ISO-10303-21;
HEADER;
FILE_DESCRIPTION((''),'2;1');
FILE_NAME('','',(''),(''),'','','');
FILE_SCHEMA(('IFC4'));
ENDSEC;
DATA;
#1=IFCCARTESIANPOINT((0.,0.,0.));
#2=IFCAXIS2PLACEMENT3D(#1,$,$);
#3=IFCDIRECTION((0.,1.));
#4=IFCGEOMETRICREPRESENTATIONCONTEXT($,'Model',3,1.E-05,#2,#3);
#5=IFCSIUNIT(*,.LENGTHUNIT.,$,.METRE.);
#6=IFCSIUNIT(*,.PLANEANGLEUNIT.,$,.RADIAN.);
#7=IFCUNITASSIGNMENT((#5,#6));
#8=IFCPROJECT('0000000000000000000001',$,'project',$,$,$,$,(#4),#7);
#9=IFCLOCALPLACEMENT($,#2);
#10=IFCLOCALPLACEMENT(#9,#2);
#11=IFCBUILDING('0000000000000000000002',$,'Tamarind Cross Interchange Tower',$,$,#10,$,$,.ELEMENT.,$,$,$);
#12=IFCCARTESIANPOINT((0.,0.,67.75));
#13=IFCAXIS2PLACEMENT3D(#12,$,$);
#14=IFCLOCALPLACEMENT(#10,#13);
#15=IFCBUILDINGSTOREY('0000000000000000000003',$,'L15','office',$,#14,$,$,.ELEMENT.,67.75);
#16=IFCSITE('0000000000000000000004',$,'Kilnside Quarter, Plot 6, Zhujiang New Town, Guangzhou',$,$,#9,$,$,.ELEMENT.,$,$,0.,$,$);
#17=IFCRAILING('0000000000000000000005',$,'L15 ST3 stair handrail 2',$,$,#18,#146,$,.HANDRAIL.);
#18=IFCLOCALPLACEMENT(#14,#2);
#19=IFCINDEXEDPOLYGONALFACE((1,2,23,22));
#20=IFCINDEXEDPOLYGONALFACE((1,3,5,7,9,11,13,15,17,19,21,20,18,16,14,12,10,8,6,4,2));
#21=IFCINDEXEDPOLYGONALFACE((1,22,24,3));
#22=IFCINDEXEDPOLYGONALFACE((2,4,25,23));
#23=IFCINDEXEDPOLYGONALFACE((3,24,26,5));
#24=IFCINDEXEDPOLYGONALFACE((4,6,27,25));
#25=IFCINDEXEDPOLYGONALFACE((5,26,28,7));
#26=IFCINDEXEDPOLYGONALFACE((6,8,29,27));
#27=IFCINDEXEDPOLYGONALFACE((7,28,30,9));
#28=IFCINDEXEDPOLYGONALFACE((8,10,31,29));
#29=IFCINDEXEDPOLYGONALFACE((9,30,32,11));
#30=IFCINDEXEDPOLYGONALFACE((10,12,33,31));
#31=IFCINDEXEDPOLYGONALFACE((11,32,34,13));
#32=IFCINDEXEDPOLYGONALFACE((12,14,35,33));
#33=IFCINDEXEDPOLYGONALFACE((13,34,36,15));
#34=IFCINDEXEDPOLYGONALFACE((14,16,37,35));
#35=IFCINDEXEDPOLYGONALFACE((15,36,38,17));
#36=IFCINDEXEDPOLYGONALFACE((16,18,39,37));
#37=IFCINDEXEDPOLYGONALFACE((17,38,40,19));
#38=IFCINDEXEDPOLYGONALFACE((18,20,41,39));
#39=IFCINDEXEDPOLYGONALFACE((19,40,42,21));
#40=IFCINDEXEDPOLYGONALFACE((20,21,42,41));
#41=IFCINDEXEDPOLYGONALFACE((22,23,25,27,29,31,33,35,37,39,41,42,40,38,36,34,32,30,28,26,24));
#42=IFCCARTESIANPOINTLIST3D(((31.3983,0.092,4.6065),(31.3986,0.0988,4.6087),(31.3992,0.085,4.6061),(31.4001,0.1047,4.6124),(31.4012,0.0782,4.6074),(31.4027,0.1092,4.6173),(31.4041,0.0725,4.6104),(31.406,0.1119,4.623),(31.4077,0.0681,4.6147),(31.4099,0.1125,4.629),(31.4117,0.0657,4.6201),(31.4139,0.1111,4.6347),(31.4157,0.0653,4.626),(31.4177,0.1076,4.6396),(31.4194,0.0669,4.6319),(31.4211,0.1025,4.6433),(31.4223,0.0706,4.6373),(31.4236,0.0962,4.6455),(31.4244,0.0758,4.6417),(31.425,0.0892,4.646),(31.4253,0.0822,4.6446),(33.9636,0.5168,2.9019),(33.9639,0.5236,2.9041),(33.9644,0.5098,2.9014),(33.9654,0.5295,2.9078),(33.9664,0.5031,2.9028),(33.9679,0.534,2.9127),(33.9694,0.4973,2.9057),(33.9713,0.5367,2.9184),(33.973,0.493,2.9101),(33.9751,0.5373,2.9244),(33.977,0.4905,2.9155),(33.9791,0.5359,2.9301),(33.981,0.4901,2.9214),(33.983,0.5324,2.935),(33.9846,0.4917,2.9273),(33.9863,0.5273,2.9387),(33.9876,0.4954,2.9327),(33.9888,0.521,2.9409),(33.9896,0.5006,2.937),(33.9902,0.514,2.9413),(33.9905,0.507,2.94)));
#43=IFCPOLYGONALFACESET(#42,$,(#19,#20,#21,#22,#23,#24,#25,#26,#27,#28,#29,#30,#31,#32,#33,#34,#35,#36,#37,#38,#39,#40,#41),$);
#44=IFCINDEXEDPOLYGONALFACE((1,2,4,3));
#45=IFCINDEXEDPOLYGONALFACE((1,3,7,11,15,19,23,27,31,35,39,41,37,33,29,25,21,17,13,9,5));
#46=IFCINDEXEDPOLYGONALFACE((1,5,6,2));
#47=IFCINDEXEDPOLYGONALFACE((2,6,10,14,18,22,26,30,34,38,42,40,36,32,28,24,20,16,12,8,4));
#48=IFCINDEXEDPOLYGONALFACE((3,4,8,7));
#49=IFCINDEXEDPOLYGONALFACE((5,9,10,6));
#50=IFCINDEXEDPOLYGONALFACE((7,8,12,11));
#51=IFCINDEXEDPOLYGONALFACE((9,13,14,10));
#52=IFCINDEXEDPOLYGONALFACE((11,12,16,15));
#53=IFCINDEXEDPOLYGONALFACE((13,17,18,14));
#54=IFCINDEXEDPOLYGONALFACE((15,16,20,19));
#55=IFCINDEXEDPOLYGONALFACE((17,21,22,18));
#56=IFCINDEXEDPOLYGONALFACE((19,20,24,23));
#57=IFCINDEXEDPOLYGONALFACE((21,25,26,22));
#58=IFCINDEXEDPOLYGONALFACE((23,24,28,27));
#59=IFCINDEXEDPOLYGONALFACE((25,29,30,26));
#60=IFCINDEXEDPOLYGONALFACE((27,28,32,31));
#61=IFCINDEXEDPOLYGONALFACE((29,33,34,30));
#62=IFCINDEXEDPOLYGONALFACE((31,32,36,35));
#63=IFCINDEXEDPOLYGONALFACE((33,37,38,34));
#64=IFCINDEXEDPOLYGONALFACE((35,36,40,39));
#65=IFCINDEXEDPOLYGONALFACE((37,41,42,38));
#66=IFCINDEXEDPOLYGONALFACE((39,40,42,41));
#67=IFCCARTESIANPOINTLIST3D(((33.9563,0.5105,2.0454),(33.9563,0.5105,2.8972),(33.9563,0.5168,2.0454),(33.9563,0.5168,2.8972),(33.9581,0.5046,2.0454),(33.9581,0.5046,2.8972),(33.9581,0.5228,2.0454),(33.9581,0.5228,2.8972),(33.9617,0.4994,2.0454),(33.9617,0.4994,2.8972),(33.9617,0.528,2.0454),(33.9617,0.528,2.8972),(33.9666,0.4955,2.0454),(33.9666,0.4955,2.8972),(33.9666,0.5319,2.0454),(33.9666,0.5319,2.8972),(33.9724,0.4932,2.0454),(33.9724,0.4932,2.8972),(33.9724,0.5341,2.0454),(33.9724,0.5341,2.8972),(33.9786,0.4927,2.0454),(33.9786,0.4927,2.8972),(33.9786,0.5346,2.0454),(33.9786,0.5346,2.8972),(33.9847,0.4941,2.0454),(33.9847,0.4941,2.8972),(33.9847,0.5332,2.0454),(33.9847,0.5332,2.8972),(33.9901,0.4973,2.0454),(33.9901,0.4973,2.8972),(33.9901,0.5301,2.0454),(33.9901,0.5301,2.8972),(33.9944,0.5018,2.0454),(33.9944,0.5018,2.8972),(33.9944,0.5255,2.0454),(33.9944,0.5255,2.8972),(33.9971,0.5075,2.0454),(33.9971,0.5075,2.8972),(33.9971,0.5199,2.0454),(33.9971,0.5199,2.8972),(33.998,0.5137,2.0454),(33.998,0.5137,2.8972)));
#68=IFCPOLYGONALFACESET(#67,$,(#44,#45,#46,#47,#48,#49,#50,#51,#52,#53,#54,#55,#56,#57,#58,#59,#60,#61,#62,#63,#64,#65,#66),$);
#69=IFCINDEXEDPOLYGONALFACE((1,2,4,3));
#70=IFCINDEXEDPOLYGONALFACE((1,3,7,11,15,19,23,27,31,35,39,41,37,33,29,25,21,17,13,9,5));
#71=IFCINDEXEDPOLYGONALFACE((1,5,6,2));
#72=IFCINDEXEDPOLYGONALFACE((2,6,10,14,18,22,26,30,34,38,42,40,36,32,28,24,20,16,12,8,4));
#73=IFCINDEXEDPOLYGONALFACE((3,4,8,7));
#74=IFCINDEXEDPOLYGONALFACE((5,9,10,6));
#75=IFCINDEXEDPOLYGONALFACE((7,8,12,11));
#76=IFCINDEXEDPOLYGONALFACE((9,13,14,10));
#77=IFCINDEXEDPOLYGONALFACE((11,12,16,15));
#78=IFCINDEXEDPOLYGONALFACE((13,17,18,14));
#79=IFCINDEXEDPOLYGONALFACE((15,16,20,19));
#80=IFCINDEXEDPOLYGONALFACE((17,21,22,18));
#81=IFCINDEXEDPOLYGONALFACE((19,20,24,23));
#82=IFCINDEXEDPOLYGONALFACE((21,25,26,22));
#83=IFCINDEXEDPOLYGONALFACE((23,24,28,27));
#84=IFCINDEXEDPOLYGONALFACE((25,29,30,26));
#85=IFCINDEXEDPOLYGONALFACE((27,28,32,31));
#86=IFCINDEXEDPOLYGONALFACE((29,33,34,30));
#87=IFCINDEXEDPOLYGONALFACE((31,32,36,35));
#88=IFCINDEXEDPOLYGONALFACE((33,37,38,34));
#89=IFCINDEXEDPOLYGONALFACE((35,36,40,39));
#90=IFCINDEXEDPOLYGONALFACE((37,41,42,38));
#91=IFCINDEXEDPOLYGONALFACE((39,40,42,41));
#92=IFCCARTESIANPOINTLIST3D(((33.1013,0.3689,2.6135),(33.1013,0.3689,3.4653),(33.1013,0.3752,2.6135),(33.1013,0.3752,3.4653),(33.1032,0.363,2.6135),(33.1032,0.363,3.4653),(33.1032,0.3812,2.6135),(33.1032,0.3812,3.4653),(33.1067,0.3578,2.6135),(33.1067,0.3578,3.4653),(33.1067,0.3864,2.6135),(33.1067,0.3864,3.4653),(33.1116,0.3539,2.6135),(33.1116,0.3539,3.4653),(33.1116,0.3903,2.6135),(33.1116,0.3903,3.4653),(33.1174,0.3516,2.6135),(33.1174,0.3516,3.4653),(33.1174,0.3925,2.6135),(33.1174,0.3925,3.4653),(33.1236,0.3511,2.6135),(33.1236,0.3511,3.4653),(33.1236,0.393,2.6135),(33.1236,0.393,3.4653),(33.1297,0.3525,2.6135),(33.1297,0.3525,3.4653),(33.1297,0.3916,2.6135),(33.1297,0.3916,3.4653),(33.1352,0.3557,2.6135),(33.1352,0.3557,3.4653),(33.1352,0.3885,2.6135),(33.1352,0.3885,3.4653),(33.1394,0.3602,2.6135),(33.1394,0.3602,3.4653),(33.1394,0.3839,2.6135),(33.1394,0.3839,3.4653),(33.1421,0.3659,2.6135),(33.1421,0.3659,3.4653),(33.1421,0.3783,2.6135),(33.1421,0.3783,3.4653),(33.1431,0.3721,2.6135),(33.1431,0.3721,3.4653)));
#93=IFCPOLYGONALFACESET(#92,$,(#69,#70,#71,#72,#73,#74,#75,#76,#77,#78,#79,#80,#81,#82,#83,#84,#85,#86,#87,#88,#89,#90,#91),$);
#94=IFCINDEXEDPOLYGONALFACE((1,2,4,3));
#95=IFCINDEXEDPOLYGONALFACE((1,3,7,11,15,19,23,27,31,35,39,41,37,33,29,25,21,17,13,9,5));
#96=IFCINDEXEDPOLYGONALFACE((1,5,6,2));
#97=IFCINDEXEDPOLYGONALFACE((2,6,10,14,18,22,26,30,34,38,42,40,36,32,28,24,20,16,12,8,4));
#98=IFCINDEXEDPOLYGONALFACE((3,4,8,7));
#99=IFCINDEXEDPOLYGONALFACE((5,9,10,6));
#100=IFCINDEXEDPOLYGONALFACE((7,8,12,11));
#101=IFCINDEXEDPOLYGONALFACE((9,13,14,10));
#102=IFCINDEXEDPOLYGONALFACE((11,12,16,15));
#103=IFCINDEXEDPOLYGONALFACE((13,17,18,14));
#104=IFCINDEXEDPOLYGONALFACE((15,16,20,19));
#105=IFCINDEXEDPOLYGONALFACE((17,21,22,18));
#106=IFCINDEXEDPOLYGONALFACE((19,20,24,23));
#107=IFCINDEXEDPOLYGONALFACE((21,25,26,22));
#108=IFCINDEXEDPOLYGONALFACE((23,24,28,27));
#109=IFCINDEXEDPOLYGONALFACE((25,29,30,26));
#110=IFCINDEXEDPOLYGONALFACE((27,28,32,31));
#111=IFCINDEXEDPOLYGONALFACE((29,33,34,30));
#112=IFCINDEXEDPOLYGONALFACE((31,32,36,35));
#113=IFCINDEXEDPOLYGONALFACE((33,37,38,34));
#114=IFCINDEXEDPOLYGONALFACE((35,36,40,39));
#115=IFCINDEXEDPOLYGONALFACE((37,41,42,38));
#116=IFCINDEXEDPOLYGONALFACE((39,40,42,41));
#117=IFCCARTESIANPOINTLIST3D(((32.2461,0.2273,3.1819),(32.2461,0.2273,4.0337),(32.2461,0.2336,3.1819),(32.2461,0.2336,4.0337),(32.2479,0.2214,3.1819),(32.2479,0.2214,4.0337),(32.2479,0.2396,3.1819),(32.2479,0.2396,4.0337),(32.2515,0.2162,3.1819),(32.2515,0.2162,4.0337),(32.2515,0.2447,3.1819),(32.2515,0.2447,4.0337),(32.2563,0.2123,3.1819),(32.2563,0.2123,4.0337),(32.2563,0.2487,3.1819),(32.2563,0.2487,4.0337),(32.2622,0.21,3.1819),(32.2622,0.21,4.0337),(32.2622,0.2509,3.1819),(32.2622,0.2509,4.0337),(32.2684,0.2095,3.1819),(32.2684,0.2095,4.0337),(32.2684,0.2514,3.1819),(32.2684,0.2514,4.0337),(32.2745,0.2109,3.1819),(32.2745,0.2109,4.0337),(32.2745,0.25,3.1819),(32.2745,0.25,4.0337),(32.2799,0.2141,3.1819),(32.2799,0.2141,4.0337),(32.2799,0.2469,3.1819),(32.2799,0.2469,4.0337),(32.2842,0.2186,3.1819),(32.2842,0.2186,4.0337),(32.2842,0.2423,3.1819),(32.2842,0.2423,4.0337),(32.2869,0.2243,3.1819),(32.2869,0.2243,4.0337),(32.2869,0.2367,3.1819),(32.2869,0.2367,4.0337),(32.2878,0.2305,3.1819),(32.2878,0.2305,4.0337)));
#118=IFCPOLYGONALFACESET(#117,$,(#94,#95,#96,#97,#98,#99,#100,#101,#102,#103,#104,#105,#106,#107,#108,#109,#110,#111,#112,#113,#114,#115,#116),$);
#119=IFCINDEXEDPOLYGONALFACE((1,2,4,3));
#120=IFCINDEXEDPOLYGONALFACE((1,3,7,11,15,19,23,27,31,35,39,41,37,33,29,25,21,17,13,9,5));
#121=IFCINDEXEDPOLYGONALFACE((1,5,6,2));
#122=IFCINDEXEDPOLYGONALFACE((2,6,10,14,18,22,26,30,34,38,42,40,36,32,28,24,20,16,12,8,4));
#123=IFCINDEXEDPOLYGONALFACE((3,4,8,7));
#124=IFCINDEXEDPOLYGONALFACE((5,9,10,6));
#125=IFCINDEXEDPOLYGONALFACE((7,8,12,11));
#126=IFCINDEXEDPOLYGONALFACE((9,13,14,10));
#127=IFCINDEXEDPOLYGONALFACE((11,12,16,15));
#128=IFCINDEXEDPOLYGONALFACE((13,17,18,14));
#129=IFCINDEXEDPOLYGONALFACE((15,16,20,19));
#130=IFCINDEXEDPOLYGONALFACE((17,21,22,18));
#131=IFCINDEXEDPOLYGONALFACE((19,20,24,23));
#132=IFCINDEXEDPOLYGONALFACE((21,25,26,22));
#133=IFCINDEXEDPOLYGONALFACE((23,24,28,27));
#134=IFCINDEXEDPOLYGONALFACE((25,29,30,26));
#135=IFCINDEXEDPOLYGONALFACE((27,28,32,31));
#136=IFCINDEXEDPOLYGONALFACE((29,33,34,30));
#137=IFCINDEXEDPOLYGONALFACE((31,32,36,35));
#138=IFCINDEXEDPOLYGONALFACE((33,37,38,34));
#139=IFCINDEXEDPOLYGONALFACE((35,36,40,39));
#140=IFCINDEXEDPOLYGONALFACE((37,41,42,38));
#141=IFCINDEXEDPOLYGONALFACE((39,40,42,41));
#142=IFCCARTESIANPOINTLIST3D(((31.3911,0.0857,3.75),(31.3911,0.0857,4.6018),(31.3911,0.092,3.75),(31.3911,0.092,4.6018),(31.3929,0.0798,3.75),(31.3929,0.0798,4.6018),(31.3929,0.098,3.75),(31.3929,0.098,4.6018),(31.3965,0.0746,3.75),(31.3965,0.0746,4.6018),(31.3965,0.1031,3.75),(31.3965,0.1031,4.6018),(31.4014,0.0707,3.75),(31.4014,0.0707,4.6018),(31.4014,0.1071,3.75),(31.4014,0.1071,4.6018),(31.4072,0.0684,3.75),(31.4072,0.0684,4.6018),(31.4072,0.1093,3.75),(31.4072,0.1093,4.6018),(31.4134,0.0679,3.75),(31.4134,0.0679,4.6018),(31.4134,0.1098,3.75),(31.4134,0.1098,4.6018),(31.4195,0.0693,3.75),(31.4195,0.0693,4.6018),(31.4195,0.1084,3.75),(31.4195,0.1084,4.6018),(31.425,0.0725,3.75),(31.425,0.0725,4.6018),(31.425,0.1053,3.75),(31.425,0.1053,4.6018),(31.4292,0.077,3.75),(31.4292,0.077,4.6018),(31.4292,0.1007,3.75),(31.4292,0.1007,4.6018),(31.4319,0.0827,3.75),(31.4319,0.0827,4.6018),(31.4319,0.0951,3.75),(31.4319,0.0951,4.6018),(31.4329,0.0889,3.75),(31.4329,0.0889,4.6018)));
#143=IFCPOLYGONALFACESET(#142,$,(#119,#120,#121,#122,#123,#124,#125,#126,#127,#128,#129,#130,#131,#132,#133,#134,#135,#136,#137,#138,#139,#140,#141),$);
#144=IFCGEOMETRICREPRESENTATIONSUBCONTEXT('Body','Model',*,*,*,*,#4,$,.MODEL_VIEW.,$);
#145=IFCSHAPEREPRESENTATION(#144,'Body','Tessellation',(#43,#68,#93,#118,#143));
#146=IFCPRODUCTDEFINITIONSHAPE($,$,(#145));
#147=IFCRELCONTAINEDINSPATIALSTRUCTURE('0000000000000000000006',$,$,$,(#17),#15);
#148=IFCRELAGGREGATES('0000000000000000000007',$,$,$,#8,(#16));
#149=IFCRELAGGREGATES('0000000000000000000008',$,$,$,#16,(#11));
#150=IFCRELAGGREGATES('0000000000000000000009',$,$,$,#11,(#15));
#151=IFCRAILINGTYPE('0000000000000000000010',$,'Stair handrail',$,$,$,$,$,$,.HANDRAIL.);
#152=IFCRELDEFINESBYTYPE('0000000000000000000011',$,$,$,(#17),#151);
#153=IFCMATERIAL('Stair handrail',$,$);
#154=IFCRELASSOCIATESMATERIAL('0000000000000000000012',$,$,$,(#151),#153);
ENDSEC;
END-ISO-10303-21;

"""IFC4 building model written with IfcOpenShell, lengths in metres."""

from ifc_helpers import new_model, si_unit, direction, frame, origin, origin_2d, place, context, subcontext, project, spatial, circle, extrude, material, type_object, element, save


model = new_model("IFC4")

# Units and contexts
model_context = context("Model", 3, precision=1e-05, world=origin(), true_north=direction((0.0, 1.0)))
body_context = subcontext(model_context, "Body", "Model", "MODEL_VIEW")
ifc_project = project(units=[si_unit("LENGTHUNIT", "METRE"), si_unit("PLANEANGLEUNIT", "RADIAN")], contexts=[model_context])

# Site, building, storey
site_placement = place(None, origin())
site = spatial("IfcSite", under=ifc_project, at=site_placement, Name="Kilnside Quarter, Plot 6, Zhujiang New Town, Guangzhou", CompositionType="ELEMENT", RefElevation=0.0)
building_placement = place(site_placement, origin())
building = spatial("IfcBuilding", under=site, at=building_placement, Name="Tamarind Cross Interchange Tower", CompositionType="ELEMENT")
storey_placement = place(building_placement, frame((0.0, 0.0, 67.75)))
storey = spatial("IfcBuildingStorey", under=building, at=storey_placement, Name="L15", Description="office", CompositionType="ELEMENT", Elevation=67.75)

# Railing
ifc_material_1 = material(Name="Stair handrail")
railing_type = type_object("IfcRailingType", Name="Stair handrail", PredefinedType="HANDRAIL", material=ifc_material_1)
railing_placement = place(storey_placement, frame((33.9771, 0.5137, 2.0454)))
element("IfcRailing", 1, at=railing_placement, inside=storey, type_object=railing_type, Name="L15 ST3 stair handrail 2", PredefinedType="HANDRAIL", context=body_context, shape_type="SweptSolid", body=[
    extrude(circle(Radius=0.0239, at=origin_2d()), frame((0.0, 0.0, 0.876), z_axis=(-0.825068, -0.136634, 0.548265), x_axis=(0.163379, -0.986563, 0.0)), (0.0, 0.0, 1.0), 3.1091),
    extrude(circle(Radius=0.021, at=origin_2d()), origin(), (0.0, 0.0, 1.0), 0.8518),
    extrude(circle(Radius=0.021, at=origin_2d()), frame((-0.855, -0.1416, 0.5681)), (0.0, 0.0, 1.0), 0.8518),
    extrude(circle(Radius=0.021, at=origin_2d()), frame((-1.7102, -0.2832, 1.1365)), (0.0, 0.0, 1.0), 0.8518),
    extrude(circle(Radius=0.021, at=origin_2d()), frame((-2.5652, -0.4248, 1.7046)), (0.0, 0.0, 1.0), 0.8518),
])

save(model, "model.ifc")
